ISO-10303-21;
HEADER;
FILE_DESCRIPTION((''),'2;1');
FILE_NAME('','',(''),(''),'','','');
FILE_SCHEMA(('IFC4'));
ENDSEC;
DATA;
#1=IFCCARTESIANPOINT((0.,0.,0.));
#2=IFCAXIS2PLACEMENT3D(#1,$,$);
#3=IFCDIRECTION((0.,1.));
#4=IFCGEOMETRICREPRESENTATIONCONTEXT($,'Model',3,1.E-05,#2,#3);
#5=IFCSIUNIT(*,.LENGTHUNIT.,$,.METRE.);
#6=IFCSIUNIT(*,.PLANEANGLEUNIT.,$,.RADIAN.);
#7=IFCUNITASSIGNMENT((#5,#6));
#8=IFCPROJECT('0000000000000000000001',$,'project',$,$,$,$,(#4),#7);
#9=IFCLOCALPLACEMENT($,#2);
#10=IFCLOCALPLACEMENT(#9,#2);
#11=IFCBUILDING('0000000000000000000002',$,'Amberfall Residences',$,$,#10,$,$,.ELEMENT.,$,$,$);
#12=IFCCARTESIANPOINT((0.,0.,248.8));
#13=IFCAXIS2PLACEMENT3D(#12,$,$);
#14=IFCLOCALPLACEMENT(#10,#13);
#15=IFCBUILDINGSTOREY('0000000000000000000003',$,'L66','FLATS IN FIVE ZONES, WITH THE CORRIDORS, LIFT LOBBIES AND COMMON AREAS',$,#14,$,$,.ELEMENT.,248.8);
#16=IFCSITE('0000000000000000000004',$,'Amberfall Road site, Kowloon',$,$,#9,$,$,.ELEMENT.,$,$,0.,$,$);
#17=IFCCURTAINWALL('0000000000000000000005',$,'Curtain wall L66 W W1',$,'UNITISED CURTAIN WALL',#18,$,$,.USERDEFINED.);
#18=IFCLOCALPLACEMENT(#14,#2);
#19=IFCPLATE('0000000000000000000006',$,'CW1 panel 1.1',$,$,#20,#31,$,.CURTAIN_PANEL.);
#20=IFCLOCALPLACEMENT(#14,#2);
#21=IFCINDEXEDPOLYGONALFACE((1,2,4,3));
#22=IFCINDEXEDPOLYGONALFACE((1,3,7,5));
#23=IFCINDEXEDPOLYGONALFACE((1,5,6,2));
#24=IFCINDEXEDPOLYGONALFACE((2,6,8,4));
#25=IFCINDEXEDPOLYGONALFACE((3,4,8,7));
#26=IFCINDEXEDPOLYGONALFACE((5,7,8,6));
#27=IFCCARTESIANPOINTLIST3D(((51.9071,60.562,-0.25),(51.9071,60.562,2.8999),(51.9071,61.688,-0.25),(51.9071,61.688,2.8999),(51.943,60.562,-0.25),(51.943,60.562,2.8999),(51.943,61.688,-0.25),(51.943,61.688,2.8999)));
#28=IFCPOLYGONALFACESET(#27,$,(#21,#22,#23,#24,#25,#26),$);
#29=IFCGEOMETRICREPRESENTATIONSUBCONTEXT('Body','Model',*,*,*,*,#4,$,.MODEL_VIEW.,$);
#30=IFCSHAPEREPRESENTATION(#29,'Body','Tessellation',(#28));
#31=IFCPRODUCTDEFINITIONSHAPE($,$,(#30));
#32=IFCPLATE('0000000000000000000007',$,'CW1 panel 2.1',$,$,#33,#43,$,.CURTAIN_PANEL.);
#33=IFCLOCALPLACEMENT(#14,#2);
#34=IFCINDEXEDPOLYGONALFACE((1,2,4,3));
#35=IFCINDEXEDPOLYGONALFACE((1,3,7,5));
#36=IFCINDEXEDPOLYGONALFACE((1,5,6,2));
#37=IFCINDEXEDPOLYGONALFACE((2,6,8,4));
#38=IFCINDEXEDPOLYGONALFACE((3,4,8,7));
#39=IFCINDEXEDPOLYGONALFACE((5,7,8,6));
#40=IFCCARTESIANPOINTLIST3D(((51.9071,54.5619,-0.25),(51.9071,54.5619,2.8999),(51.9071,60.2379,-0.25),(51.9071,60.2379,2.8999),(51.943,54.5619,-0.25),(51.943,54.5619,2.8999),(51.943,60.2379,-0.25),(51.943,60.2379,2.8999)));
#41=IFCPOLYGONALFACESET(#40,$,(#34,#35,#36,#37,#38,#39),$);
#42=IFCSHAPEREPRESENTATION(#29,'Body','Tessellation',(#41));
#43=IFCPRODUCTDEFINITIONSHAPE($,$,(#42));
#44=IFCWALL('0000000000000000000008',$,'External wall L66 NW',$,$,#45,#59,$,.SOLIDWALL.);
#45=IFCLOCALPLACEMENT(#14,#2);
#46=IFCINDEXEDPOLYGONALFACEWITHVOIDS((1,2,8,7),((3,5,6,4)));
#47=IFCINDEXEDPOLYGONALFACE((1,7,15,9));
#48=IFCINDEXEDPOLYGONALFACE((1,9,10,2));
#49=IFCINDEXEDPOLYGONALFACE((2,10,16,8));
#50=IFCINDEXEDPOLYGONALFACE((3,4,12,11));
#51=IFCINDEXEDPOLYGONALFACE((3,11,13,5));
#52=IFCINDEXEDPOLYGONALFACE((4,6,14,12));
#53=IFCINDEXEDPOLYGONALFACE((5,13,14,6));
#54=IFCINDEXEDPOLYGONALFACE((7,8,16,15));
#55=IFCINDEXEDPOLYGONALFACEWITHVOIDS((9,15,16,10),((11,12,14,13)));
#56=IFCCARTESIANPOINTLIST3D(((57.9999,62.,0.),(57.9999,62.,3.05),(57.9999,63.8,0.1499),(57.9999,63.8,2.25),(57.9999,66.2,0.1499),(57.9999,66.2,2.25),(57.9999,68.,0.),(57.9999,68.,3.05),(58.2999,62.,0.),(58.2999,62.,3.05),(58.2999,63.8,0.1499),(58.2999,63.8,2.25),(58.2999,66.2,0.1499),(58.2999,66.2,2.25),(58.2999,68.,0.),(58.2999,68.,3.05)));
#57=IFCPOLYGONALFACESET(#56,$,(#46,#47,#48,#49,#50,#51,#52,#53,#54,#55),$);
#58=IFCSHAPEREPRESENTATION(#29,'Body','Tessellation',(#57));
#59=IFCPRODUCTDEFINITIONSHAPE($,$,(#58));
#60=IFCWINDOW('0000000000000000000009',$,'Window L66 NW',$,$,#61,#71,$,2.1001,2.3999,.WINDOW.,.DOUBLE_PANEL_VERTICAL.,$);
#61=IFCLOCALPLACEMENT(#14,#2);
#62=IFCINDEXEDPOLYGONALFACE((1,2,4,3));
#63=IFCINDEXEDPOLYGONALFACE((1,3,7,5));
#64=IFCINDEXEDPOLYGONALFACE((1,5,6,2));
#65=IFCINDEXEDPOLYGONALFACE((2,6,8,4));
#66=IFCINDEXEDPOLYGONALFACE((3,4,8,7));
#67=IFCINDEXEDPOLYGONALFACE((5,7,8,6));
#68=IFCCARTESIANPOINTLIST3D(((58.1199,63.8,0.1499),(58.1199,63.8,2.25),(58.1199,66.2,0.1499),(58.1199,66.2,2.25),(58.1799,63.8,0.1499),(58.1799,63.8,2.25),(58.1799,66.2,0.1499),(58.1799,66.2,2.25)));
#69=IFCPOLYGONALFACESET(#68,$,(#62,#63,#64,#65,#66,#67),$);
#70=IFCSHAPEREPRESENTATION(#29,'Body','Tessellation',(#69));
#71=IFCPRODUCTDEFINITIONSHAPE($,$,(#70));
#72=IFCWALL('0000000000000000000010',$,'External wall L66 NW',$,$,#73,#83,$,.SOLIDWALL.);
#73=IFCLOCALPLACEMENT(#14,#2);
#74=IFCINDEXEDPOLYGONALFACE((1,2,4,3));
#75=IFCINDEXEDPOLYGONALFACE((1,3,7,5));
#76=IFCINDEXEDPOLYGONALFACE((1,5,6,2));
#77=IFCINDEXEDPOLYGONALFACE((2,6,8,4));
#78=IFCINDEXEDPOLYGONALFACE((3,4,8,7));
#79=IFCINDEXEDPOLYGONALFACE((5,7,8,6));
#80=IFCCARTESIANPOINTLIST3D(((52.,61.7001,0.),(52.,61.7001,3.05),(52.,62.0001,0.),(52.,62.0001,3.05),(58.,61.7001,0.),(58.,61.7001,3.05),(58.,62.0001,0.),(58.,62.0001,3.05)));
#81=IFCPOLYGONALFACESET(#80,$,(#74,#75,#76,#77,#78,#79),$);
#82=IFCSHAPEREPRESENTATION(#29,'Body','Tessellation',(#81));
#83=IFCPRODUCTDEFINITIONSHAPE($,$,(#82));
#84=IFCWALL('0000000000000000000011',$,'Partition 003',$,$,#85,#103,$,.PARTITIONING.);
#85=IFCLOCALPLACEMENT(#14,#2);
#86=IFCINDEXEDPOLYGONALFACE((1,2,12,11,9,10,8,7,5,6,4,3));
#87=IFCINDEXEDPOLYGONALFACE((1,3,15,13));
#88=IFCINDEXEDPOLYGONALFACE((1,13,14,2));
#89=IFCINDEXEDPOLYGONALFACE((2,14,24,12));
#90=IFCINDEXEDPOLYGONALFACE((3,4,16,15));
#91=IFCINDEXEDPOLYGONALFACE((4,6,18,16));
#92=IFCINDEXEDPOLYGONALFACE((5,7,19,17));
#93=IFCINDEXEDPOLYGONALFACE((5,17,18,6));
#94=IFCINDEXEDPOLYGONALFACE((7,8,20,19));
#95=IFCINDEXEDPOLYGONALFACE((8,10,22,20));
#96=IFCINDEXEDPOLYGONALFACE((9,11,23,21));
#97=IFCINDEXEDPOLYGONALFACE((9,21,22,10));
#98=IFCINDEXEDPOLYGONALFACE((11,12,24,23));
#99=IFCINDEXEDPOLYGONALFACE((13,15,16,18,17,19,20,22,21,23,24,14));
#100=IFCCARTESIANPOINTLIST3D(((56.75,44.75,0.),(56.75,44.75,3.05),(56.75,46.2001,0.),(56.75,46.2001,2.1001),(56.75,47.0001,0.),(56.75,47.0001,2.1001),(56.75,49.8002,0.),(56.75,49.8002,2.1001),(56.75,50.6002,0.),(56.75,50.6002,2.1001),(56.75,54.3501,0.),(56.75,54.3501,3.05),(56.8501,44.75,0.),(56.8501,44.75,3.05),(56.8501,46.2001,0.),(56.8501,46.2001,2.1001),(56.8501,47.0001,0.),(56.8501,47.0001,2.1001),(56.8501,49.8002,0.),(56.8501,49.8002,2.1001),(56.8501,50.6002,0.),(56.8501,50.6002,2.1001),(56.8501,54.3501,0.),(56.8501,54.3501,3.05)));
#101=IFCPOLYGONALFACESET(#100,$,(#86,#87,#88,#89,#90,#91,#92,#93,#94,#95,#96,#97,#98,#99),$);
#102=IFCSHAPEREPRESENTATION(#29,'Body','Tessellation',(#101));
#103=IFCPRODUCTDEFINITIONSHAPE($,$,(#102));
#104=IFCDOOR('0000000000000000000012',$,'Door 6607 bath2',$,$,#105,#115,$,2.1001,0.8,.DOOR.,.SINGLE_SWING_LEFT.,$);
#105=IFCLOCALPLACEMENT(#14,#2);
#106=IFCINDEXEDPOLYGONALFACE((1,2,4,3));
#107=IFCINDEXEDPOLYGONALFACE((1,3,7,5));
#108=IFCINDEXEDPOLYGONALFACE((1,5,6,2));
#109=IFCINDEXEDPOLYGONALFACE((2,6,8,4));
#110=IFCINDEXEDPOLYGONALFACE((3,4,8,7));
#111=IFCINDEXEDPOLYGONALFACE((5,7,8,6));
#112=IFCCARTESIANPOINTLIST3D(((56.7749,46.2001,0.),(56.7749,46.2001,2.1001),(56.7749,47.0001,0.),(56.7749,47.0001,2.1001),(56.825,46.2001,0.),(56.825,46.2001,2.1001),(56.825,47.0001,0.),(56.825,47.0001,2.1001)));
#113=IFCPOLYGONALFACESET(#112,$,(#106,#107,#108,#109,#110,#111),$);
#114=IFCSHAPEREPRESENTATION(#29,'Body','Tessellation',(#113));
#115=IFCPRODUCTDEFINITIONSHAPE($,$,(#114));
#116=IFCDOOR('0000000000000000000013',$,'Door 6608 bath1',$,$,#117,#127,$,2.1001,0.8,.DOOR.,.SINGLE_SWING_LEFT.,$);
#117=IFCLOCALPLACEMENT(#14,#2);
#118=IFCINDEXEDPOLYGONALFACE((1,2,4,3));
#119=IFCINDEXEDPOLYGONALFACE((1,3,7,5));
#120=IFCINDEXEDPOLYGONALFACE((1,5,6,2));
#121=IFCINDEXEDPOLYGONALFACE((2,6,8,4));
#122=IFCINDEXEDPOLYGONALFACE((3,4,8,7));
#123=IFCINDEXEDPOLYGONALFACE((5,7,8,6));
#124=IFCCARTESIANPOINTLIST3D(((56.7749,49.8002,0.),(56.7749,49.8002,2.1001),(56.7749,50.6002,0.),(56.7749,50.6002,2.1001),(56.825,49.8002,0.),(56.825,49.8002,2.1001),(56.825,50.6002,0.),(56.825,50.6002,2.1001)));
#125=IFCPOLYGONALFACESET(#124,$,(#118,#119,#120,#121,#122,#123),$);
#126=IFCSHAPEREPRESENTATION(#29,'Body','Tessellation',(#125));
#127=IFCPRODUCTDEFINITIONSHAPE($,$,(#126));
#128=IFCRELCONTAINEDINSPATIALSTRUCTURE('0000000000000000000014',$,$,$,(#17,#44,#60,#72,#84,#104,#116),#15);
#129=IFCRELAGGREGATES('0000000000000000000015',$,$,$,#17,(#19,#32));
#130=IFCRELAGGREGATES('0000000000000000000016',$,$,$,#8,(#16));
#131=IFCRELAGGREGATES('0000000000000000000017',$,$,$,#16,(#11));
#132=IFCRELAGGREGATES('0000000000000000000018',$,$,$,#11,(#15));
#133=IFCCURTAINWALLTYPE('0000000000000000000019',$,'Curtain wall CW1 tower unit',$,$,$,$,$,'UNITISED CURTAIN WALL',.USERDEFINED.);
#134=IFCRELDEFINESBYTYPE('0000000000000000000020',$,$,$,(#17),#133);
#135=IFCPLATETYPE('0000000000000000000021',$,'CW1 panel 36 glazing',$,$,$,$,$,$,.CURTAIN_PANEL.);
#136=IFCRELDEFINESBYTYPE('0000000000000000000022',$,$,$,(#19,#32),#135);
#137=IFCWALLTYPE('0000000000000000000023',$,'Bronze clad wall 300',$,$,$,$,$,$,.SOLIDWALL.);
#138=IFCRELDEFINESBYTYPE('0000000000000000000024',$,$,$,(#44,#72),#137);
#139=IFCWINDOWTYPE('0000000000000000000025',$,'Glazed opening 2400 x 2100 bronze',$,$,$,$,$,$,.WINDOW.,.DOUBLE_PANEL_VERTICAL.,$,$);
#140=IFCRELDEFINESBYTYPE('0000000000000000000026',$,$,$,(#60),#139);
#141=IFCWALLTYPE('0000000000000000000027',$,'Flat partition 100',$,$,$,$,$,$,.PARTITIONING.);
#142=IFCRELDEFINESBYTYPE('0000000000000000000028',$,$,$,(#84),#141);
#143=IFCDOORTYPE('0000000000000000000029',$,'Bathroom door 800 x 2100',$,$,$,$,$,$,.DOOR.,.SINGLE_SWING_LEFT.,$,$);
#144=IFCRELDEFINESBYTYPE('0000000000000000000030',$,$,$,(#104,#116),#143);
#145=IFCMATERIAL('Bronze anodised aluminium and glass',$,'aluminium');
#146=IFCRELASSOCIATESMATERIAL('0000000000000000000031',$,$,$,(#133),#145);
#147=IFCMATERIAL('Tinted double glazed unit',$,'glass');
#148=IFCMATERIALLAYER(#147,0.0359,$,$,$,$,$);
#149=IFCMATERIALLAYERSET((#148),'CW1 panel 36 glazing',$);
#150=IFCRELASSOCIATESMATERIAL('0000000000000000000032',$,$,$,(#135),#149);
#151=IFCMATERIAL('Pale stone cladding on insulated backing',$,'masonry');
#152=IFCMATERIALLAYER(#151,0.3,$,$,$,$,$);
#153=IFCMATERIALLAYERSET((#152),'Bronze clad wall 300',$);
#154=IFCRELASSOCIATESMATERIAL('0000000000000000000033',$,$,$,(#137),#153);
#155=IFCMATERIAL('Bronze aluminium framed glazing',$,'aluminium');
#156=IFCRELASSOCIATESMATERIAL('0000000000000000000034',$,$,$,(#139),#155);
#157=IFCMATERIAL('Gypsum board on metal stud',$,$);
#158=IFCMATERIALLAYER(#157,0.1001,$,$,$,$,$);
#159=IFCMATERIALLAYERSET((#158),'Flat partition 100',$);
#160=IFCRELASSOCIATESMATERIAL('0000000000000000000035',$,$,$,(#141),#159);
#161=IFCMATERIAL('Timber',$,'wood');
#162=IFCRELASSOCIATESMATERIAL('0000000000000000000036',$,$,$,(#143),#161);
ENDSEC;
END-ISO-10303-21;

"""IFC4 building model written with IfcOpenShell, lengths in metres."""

from ifc_helpers import new_model, si_unit, direction, frame, frame_2d, origin, origin_2d, place, context, subcontext, project, spatial, rectangle, extrude, material, layer, layer_set, type_object, element, fill, aggregate, save


model = new_model("IFC4")

# Units and contexts
model_context = context("Model", 3, precision=1e-05, world=origin(), true_north=direction((0.0, 1.0)))
body_context = subcontext(model_context, "Body", "Model", "MODEL_VIEW")
ifc_project = project(units=[si_unit("LENGTHUNIT", "METRE"), si_unit("PLANEANGLEUNIT", "RADIAN")], contexts=[model_context])

# Site, building, storey
site_placement = place(None, origin())
site = spatial("IfcSite", under=ifc_project, at=site_placement, Name="Amberfall Road site, Kowloon", CompositionType="ELEMENT", RefElevation=0.0)
building_placement = place(site_placement, origin())
building = spatial("IfcBuilding", under=site, at=building_placement, Name="Amberfall Residences", CompositionType="ELEMENT")
storey_placement = place(building_placement, frame((0.0, 0.0, 248.8)))
storey = spatial("IfcBuildingStorey", under=building, at=storey_placement, Name="L66", Description="FLATS IN FIVE ZONES, WITH THE CORRIDORS, LIFT LOBBIES AND COMMON AREAS", CompositionType="ELEMENT", Elevation=248.8)

# Curtain wall
ifc_material_1 = material(Name="Bronze anodised aluminium and glass", Category="aluminium")
curtain_wall_type = type_object("IfcCurtainWallType", Name="Curtain wall CW1 tower unit", ElementType="UNITISED CURTAIN WALL", PredefinedType="USERDEFINED", material=ifc_material_1)
curtain_wall_1_placement = place(storey_placement, origin())
curtain_wall_1 = element("IfcCurtainWall", 1, at=curtain_wall_1_placement, inside=storey, type_object=curtain_wall_type, Name="Curtain wall L66 W W1", ObjectType="UNITISED CURTAIN WALL", PredefinedType="USERDEFINED")

# Plates
ifc_material_2 = material(Name="Tinted double glazed unit", Category="glass")
ifc_layer_1 = layer(ifc_material_2, 0.0359)
ifc_layer_set_1 = layer_set([ifc_layer_1], Name="CW1 panel 36 glazing")
plate_type = type_object("IfcPlateType", Name="CW1 panel 36 glazing", PredefinedType="CURTAIN_PANEL", material=ifc_layer_set_1)
plate_1_placement = place(storey_placement, frame((51.925, 61.125, -0.25), z_axis=(0.0, 0.0, 1.0), x_axis=(0.0, -1.0, 0.0)))
plate_1 = element("IfcPlate", 2, at=plate_1_placement, type_object=plate_type, Name="CW1 panel 1.1", PredefinedType="CURTAIN_PANEL", context=body_context, shape_type="SweptSolid", body=[
    extrude(rectangle(XDim=1.126, YDim=0.0359, at=origin_2d()), origin(), (0.0, 0.0, 1.0), 3.1499),
])
plate_2_placement = place(storey_placement, frame((51.925, 57.3999, -0.25), z_axis=(0.0, 0.0, 1.0), x_axis=(0.0, -1.0, 0.0)))
plate_2 = element("IfcPlate", 3, at=plate_2_placement, type_object=plate_type, Name="CW1 panel 2.1", PredefinedType="CURTAIN_PANEL", context=body_context, shape_type="SweptSolid", body=[
    extrude(rectangle(XDim=5.676, YDim=0.0359, at=origin_2d()), origin(), (0.0, 0.0, 1.0), 3.1499),
])
aggregate(curtain_wall_1, [plate_1, plate_2])

# Wall, opening, window
ifc_material_3 = material(Name="Pale stone cladding on insulated backing", Category="masonry")
ifc_layer_2 = layer(ifc_material_3, 0.3)
ifc_layer_set_2 = layer_set([ifc_layer_2], Name="Bronze clad wall 300")
wall_type_1 = type_object("IfcWallType", Name="Bronze clad wall 300", PredefinedType="SOLIDWALL", material=ifc_layer_set_2)
wall_1_placement = place(storey_placement, frame((58.1499, 68.0, 0.0), z_axis=(0.0, 0.0, 1.0), x_axis=(0.0, -1.0, 0.0)))
wall_1 = element("IfcWall", 4, at=wall_1_placement, inside=storey, type_object=wall_type_1, Name="External wall L66 NW", PredefinedType="SOLIDWALL", context=body_context, shape_type="SweptSolid", body=[
    extrude(rectangle(XDim=6.0, YDim=0.3, at=frame_2d((3.0, 0.0))), origin(), (0.0, 0.0, 1.0), 3.05),
])
opening_1_placement = place(wall_1_placement, frame((1.8, 0.0, 0.1499)))
opening_1 = element("IfcOpeningElement", 5, at=opening_1_placement, cuts=wall_1, PredefinedType="OPENING", context=body_context, shape_type="SweptSolid", body=[
    extrude(rectangle(XDim=2.3999, YDim=2.1001, at=frame_2d((1.2, 1.05))), frame((0.0, 0.1599, 0.0), z_axis=(0.0, -1.0, 0.0), x_axis=(1.0, 0.0, 0.0)), (0.0, 0.0, 1.0), 0.3201),
])
ifc_material_4 = material(Name="Bronze aluminium framed glazing", Category="aluminium")
window_type = type_object("IfcWindowType", Name="Glazed opening 2400 x 2100 bronze", PartitioningType="DOUBLE_PANEL_VERTICAL", PredefinedType="WINDOW", material=ifc_material_4)
window_placement = place(opening_1_placement, origin())
window = element("IfcWindow", 6, at=window_placement, inside=storey, type_object=window_type, Name="Window L66 NW", OverallHeight=2.1001, OverallWidth=2.3999, PartitioningType="DOUBLE_PANEL_VERTICAL", PredefinedType="WINDOW", context=body_context, shape_type="SweptSolid", body=[
    extrude(rectangle(XDim=2.3999, YDim=2.1001, at=frame_2d((1.2, 1.05))), frame((0.0, 0.03, 0.0), z_axis=(0.0, -1.0, 0.0), x_axis=(1.0, 0.0, 0.0)), (0.0, 0.0, 1.0), 0.0601),
])
fill(opening_1, window)

# Wall
wall_2_placement = place(storey_placement, frame((58.0, 61.8501, 0.0), z_axis=(0.0, 0.0, 1.0), x_axis=(-1.0, 0.0, 0.0)))
element("IfcWall", 7, at=wall_2_placement, inside=storey, type_object=wall_type_1, Name="External wall L66 NW", PredefinedType="SOLIDWALL", context=body_context, shape_type="SweptSolid", body=[
    extrude(rectangle(XDim=6.0, YDim=0.3, at=frame_2d((3.0, 0.0))), origin(), (0.0, 0.0, 1.0), 3.05),
])

# Wall, openings, doors
ifc_material_5 = material(Name="Gypsum board on metal stud")
ifc_layer_3 = layer(ifc_material_5, 0.1001)
ifc_layer_set_3 = layer_set([ifc_layer_3], Name="Flat partition 100")
wall_type_2 = type_object("IfcWallType", Name="Flat partition 100", PredefinedType="PARTITIONING", material=ifc_layer_set_3)
wall_3_placement = place(storey_placement, frame((56.8, 54.3501, 0.0), z_axis=(0.0, 0.0, 1.0), x_axis=(0.0, -1.0, 0.0)))
wall_3 = element("IfcWall", 8, at=wall_3_placement, inside=storey, type_object=wall_type_2, Name="Partition 003", PredefinedType="PARTITIONING", context=body_context, shape_type="SweptSolid", body=[
    extrude(rectangle(XDim=9.6001, YDim=0.1001, at=frame_2d((4.8, 0.0))), origin(), (0.0, 0.0, 1.0), 3.05),
])
opening_2_placement = place(wall_3_placement, frame((7.3501, 0.0, 0.0)))
opening_2 = element("IfcOpeningElement", 9, at=opening_2_placement, cuts=wall_3, PredefinedType="OPENING", context=body_context, shape_type="SweptSolid", body=[
    extrude(rectangle(XDim=0.8, YDim=2.1001, at=frame_2d((0.3999, 1.05))), frame((0.0, 0.0601, 0.0), z_axis=(0.0, -1.0, 0.0), x_axis=(1.0, 0.0, 0.0)), (0.0, 0.0, 1.0), 0.1201),
])
opening_3_placement = place(wall_3_placement, frame((3.75, 0.0, 0.0)))
opening_3 = element("IfcOpeningElement", 10, at=opening_3_placement, cuts=wall_3, PredefinedType="OPENING", context=body_context, shape_type="SweptSolid", body=[
    extrude(rectangle(XDim=0.8, YDim=2.1001, at=frame_2d((0.3999, 1.05))), frame((0.0, 0.0601, 0.0), z_axis=(0.0, -1.0, 0.0), x_axis=(1.0, 0.0, 0.0)), (0.0, 0.0, 1.0), 0.1201),
])
ifc_material_6 = material(Name="Timber", Category="wood")
door_type = type_object("IfcDoorType", Name="Bathroom door 800 x 2100", OperationType="SINGLE_SWING_LEFT", PredefinedType="DOOR", material=ifc_material_6)
door_1_placement = place(opening_2_placement, origin())
door_1 = element("IfcDoor", 11, at=door_1_placement, inside=storey, type_object=door_type, Name="Door 6607 bath2", OperationType="SINGLE_SWING_LEFT", OverallHeight=2.1001, OverallWidth=0.8, PredefinedType="DOOR", context=body_context, shape_type="SweptSolid", body=[
    extrude(rectangle(XDim=0.8, YDim=2.1001, at=frame_2d((0.3999, 1.05))), frame((0.0, 0.0249, 0.0), z_axis=(0.0, -1.0, 0.0), x_axis=(1.0, 0.0, 0.0)), (0.0, 0.0, 1.0), 0.05),
])
fill(opening_2, door_1)
door_2_placement = place(opening_3_placement, origin())
door_2 = element("IfcDoor", 12, at=door_2_placement, inside=storey, type_object=door_type, Name="Door 6608 bath1", OperationType="SINGLE_SWING_LEFT", OverallHeight=2.1001, OverallWidth=0.8, PredefinedType="DOOR", context=body_context, shape_type="SweptSolid", body=[
    extrude(rectangle(XDim=0.8, YDim=2.1001, at=frame_2d((0.3999, 1.05))), frame((0.0, 0.0249, 0.0), z_axis=(0.0, -1.0, 0.0), x_axis=(1.0, 0.0, 0.0)), (0.0, 0.0, 1.0), 0.05),
])
fill(opening_3, door_2)

save(model, "model.ifc")
